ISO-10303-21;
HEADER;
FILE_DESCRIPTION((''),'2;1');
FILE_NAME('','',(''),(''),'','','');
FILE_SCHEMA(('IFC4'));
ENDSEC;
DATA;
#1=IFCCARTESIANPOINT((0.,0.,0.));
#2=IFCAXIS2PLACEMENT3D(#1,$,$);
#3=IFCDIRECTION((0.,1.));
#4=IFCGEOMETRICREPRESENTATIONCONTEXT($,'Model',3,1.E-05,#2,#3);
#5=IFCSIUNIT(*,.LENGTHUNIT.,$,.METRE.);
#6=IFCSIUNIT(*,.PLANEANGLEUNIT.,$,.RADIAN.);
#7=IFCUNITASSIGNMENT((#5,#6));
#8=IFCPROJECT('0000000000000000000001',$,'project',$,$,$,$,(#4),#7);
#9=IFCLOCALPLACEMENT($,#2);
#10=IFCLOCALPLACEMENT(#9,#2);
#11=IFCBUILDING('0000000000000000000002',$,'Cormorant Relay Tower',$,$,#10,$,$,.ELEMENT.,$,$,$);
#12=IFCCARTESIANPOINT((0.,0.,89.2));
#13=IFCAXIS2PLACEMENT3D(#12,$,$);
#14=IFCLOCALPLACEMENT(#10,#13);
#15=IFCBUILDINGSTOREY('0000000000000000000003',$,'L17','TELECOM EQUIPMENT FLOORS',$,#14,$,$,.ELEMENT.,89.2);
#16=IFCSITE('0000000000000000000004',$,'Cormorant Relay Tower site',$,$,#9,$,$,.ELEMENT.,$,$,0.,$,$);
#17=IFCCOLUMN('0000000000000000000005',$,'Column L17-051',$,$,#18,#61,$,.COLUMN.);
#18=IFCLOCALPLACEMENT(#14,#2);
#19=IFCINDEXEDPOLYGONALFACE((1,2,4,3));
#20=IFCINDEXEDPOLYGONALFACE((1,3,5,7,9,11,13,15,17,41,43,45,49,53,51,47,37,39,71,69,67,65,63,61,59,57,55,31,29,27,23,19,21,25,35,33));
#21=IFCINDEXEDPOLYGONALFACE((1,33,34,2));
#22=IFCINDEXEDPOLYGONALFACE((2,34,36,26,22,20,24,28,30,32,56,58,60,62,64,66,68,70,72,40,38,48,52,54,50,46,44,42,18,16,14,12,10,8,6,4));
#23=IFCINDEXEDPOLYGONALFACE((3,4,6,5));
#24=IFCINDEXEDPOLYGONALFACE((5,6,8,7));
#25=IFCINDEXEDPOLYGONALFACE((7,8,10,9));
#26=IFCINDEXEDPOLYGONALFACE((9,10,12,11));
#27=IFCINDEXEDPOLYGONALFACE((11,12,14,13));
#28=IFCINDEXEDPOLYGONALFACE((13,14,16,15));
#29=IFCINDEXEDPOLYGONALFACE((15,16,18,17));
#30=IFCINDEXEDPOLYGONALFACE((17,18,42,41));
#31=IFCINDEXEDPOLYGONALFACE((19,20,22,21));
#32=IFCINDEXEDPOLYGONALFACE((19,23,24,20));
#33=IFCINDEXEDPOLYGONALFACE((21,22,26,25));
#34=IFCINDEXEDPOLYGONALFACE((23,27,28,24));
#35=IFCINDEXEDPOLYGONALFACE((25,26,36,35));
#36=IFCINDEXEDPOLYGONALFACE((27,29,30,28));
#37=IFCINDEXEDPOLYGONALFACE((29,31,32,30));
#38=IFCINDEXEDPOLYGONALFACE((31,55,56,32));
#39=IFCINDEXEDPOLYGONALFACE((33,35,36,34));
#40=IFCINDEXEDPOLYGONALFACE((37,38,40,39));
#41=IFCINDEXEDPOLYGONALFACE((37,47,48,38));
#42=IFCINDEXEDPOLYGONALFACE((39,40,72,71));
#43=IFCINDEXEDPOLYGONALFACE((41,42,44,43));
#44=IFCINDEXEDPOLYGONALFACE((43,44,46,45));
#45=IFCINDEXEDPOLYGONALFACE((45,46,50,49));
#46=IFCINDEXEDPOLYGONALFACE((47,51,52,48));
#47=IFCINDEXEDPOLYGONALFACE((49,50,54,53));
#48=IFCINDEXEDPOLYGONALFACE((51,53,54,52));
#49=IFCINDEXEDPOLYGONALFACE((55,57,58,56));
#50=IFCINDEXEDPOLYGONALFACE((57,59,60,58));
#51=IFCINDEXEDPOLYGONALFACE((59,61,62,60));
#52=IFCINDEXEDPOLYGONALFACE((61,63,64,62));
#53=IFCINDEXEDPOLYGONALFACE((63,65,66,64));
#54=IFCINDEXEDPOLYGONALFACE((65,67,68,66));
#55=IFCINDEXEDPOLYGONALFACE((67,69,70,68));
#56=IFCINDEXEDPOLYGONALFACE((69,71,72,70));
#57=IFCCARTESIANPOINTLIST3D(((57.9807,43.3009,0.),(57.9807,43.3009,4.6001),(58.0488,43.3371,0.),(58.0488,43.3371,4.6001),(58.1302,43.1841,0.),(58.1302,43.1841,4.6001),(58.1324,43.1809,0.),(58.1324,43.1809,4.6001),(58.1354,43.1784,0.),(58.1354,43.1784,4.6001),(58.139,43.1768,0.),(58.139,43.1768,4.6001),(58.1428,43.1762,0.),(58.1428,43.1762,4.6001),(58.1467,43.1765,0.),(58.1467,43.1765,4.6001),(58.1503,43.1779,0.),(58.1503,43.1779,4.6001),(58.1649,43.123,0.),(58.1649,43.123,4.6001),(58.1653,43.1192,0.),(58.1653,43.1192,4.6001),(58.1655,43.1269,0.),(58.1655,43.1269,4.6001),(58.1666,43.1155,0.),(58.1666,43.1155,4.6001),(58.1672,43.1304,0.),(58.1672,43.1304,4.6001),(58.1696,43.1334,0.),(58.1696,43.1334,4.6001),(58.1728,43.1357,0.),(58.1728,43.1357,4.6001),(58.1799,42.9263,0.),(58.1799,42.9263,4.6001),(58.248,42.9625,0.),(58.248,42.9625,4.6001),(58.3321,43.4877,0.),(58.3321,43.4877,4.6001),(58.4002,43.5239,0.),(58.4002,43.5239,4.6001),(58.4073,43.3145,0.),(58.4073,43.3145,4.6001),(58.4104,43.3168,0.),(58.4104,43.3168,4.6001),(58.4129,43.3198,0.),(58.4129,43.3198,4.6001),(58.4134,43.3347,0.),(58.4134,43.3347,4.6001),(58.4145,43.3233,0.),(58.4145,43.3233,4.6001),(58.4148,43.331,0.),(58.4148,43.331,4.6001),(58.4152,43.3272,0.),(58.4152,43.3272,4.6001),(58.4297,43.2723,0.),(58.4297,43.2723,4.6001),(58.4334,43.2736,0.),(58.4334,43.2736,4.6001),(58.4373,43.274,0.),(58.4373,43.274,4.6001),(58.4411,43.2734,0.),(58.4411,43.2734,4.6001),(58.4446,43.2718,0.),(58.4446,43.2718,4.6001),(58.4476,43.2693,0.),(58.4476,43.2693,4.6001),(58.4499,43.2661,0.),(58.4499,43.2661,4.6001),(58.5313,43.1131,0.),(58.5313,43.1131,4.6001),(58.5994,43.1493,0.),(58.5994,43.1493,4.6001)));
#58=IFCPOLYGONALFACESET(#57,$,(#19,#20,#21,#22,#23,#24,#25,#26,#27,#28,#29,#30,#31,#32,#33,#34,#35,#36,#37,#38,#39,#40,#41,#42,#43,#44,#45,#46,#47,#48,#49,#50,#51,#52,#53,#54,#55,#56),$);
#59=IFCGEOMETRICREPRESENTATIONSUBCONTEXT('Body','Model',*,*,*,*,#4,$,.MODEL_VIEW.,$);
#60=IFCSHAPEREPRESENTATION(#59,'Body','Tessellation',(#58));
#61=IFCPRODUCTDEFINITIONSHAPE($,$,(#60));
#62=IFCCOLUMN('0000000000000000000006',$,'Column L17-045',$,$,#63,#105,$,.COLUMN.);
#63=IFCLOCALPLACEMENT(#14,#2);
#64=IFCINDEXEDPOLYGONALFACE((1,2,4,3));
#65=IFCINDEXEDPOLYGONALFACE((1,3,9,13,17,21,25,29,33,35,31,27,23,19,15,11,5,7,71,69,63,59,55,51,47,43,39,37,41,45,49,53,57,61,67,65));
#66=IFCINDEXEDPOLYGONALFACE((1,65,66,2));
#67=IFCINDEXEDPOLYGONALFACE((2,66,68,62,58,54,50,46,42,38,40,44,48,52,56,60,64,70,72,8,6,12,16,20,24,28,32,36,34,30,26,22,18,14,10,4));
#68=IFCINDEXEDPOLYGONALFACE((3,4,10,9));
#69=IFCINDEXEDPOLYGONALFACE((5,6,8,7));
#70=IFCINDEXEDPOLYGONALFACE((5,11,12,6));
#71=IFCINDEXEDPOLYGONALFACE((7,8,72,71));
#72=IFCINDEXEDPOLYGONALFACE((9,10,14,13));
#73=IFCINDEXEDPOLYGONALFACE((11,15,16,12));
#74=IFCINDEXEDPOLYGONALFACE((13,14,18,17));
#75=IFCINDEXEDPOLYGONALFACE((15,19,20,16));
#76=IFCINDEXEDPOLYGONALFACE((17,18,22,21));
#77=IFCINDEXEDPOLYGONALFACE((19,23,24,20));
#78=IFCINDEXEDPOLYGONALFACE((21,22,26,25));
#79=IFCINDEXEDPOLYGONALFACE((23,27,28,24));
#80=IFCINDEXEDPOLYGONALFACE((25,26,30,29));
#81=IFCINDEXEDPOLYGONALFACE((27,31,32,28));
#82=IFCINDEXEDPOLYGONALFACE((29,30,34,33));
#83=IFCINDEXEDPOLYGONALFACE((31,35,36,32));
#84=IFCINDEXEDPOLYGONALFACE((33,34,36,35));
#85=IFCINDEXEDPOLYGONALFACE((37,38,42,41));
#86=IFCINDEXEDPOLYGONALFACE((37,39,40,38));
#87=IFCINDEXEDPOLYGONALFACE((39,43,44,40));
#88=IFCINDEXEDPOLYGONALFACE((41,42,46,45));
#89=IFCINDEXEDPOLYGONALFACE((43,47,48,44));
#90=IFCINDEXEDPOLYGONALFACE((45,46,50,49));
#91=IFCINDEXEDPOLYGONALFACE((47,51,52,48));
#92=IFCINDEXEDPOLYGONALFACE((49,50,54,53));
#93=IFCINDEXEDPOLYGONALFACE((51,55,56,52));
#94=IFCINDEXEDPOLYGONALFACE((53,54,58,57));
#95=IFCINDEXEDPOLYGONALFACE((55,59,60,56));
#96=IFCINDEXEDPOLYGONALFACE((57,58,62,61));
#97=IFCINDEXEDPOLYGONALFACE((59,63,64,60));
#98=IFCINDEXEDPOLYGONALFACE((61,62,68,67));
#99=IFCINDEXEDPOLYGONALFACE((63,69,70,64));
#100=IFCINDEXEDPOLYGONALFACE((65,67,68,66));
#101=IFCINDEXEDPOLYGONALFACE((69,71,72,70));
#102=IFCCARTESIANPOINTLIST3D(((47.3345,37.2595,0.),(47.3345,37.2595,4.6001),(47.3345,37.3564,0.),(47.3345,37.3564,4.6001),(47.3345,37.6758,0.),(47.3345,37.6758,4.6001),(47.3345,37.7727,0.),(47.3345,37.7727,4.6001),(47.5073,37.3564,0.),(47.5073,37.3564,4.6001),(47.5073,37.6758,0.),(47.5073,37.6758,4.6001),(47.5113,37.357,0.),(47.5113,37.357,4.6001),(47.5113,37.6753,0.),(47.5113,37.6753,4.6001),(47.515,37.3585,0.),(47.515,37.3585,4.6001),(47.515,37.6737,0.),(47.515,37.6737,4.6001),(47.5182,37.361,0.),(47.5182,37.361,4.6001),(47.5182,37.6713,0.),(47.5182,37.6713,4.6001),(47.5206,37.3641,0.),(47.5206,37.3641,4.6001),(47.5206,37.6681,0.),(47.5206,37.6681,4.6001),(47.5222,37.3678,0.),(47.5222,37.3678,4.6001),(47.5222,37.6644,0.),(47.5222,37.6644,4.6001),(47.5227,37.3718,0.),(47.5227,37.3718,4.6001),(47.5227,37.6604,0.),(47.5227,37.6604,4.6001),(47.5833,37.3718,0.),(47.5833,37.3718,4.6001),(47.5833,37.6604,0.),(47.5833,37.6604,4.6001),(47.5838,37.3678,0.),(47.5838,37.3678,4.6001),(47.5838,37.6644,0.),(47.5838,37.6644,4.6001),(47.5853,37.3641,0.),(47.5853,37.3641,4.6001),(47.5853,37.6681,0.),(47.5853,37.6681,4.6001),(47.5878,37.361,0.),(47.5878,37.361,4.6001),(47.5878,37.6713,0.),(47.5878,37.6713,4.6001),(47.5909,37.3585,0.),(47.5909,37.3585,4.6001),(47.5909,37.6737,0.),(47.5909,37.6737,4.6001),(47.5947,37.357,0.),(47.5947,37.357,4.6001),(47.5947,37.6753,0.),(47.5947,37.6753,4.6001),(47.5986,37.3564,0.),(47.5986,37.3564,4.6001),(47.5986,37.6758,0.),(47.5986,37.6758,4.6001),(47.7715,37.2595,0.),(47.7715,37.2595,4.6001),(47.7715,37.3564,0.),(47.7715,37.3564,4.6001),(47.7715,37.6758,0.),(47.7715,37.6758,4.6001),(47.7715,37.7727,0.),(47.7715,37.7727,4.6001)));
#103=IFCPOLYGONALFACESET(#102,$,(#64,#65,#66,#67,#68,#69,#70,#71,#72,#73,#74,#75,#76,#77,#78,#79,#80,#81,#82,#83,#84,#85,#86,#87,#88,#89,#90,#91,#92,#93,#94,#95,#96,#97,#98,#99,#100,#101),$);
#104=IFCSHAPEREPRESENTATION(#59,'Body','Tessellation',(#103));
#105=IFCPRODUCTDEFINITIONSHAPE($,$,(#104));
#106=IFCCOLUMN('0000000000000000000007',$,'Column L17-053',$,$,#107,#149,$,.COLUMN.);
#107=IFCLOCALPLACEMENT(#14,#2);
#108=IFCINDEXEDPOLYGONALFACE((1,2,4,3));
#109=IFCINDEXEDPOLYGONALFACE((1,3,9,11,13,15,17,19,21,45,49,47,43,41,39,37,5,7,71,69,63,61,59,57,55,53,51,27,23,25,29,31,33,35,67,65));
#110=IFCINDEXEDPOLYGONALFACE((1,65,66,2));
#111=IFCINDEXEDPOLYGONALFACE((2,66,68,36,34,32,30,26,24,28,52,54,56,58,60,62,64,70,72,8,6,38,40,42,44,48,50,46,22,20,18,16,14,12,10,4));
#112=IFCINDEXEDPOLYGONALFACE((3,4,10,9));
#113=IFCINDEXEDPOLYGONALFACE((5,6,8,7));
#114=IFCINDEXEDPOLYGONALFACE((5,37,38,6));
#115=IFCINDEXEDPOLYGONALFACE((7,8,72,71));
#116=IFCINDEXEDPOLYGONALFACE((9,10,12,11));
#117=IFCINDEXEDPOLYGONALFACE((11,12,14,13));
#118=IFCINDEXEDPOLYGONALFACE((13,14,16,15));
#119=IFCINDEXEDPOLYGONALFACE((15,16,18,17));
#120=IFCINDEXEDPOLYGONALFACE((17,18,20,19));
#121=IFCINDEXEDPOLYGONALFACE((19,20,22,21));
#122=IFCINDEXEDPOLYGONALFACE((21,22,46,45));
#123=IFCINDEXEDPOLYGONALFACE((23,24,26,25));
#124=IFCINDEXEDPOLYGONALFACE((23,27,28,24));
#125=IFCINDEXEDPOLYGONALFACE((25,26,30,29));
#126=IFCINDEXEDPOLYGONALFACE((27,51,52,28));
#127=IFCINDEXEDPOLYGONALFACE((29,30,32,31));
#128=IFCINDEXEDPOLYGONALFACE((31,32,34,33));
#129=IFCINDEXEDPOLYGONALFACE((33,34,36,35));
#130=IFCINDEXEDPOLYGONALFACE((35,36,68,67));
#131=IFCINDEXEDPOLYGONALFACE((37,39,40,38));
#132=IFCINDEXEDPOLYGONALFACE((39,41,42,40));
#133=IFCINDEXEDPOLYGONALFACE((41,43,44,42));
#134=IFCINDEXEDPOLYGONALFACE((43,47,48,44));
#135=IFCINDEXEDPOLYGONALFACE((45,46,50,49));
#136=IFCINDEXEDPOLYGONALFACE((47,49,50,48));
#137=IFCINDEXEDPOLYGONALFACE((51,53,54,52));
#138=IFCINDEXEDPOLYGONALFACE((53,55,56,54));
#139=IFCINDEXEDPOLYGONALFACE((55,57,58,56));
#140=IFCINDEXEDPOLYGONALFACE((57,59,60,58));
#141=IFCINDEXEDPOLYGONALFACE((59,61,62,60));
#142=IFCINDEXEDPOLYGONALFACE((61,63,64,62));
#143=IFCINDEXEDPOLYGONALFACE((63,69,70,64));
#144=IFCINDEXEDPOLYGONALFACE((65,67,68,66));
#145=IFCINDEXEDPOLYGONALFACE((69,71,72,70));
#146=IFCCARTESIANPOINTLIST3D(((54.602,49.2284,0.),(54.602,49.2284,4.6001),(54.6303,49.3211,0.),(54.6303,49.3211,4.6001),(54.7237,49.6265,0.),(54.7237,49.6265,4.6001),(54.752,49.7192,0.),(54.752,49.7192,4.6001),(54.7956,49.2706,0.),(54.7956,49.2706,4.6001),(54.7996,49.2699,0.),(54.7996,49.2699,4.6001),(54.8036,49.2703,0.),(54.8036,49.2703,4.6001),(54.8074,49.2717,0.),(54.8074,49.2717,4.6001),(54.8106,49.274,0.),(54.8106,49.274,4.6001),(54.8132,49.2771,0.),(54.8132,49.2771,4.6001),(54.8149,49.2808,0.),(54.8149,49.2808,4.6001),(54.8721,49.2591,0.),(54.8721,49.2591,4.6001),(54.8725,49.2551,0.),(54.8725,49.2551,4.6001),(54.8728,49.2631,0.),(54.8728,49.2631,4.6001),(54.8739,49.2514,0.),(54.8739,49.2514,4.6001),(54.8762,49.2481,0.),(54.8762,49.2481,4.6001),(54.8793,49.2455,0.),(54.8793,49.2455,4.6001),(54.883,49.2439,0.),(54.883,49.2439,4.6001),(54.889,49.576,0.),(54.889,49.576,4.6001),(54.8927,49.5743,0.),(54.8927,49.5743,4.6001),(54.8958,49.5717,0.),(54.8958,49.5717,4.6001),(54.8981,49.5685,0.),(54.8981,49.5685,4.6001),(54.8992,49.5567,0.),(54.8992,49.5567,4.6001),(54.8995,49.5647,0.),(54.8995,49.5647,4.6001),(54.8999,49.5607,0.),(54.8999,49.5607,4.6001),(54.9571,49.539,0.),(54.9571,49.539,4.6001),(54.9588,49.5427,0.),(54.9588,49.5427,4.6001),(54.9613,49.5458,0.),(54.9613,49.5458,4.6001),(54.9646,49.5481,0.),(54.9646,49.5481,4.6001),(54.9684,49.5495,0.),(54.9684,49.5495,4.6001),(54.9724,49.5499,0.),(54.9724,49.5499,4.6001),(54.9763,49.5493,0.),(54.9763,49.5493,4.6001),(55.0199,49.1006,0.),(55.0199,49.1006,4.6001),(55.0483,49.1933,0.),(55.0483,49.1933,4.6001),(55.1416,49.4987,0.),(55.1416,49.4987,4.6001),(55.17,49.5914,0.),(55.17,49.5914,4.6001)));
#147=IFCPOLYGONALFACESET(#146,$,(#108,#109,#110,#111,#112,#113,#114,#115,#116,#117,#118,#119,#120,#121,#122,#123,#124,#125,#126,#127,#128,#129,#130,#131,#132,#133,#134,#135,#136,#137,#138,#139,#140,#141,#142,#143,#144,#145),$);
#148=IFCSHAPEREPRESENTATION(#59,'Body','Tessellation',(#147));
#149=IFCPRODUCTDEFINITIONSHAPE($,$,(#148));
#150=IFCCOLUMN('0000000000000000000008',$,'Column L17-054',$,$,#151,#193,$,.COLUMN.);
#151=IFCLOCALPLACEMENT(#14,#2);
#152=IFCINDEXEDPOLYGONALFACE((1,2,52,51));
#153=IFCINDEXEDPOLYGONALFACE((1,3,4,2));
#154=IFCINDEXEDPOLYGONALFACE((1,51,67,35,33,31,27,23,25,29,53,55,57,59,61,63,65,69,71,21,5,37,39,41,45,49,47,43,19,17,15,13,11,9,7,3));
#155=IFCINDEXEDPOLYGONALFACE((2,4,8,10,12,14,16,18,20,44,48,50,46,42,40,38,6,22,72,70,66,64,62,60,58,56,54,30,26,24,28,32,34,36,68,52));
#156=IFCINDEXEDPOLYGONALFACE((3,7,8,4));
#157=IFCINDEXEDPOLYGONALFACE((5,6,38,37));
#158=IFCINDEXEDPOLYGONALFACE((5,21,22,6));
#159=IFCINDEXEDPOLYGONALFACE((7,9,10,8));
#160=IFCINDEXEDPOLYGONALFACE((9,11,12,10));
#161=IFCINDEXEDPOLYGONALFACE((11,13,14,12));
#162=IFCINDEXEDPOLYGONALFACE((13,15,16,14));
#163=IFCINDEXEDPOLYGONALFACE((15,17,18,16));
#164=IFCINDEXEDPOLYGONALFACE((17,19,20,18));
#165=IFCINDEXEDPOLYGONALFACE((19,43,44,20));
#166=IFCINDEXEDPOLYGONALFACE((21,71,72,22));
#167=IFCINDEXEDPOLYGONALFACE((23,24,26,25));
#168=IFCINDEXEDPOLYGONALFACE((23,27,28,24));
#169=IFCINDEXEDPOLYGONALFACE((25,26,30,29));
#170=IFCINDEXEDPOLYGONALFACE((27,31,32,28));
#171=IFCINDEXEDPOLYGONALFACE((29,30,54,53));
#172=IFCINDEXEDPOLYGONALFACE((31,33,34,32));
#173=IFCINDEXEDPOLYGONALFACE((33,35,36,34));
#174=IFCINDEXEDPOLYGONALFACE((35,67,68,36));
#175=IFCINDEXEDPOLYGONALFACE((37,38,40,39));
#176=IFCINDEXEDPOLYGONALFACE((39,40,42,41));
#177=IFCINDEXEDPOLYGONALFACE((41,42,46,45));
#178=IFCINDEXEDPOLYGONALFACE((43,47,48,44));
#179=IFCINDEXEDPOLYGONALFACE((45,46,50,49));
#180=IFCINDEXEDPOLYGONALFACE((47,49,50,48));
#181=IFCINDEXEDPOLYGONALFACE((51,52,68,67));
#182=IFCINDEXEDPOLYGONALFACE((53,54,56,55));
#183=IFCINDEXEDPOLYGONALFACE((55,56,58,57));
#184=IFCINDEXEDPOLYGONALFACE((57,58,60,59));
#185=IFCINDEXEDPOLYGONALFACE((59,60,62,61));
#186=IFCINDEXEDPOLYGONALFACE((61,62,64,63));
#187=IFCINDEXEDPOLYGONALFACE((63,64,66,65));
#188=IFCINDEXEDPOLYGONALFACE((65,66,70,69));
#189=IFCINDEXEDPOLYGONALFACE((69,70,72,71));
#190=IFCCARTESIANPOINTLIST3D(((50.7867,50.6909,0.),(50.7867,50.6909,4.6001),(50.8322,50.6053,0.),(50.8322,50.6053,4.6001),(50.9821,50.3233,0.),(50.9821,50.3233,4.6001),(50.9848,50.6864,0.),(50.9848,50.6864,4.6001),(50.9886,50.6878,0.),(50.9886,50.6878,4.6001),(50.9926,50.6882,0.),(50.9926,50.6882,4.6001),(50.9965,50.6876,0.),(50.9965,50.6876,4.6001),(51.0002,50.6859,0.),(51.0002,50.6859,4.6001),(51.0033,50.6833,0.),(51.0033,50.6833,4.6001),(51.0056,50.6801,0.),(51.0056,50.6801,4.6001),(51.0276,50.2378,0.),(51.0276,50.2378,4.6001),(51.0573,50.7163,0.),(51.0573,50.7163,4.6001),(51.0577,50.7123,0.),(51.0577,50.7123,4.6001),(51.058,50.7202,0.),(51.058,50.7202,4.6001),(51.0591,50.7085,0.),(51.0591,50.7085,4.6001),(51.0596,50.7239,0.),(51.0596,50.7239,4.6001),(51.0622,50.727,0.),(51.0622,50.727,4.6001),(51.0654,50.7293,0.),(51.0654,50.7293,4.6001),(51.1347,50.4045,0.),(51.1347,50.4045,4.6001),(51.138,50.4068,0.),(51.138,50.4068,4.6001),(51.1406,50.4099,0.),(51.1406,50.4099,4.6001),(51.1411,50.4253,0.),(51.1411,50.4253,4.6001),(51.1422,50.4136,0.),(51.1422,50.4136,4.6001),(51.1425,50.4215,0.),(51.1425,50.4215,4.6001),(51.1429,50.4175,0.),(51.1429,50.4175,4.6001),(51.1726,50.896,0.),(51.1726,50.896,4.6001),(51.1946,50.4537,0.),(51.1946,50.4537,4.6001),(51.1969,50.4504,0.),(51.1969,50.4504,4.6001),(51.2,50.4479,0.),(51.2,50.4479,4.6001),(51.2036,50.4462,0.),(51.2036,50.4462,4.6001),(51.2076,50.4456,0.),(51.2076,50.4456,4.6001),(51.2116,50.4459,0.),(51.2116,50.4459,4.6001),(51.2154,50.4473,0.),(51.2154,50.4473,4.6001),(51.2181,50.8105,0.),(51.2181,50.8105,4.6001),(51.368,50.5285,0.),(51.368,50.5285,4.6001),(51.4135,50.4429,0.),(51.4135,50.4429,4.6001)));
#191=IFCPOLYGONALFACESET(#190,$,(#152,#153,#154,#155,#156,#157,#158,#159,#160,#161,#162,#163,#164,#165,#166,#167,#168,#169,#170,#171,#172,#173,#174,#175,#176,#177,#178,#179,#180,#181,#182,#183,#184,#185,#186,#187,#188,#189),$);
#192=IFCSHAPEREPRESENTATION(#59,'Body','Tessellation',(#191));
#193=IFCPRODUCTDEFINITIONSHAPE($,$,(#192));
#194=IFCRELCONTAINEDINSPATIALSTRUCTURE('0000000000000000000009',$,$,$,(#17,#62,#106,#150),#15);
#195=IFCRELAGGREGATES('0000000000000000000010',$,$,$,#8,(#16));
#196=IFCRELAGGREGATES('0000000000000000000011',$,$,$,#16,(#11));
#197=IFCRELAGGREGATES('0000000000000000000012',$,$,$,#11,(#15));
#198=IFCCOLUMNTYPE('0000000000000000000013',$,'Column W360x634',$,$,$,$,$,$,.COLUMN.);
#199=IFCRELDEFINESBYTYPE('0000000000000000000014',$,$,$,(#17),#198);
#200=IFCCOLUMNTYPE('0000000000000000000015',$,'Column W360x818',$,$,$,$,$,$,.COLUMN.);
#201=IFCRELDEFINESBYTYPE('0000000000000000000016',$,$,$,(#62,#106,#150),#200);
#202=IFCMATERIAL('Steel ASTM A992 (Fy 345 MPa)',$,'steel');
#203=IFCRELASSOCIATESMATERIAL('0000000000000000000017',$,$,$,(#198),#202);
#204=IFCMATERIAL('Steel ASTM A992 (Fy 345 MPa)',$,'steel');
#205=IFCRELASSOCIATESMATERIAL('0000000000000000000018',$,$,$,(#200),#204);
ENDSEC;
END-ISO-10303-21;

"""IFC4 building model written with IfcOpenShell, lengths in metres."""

from ifc_helpers import new_model, si_unit, direction, frame, origin, origin_2d, place, context, subcontext, project, spatial, i_section, extrude, material, material_profile, profile_set, type_object, element, save


model = new_model("IFC4")

# Units and contexts
model_context = context("Model", 3, precision=1e-05, world=origin(), true_north=direction((0.0, 1.0)))
body_context = subcontext(model_context, "Body", "Model", "MODEL_VIEW")
ifc_project = project(units=[si_unit("LENGTHUNIT", "METRE"), si_unit("PLANEANGLEUNIT", "RADIAN")], contexts=[model_context])

# Site, building, storey
site_placement = place(None, origin())
site = spatial("IfcSite", under=ifc_project, at=site_placement, Name="Cormorant Relay Tower site", CompositionType="ELEMENT", RefElevation=0.0)
building_placement = place(site_placement, origin())
building = spatial("IfcBuilding", under=site, at=building_placement, Name="Cormorant Relay Tower", CompositionType="ELEMENT")
storey_placement = place(building_placement, frame((0.0, 0.0, 89.2)))
storey = spatial("IfcBuildingStorey", under=building, at=storey_placement, Name="L17", Description="TELECOM EQUIPMENT FLOORS", CompositionType="ELEMENT", Elevation=89.2)

# Columns
ifc_material_1 = material(Name="Steel ASTM A992 (Fy 345 MPa)", Category="steel")
ifc_material_profile_1 = material_profile(ifc_material_1, i_section(OverallWidth=0.4243, OverallDepth=0.4751, WebThickness=0.0479, FlangeThickness=0.0771, FilletRadius=0.0149, at=origin_2d()), Name="W360x634")
ifc_profile_set_1 = profile_set([ifc_material_profile_1], Name="Steel ASTM A992 (Fy 345 MPa)")
column_type_1 = type_object("IfcColumnType", Name="Column W360x634", PredefinedType="COLUMN", material=ifc_profile_set_1)
column_placement = place(storey_placement, frame((58.29, 43.2251, 0.0), z_axis=(0.0, 0.0, 1.0), x_axis=(-0.469472, 0.882948, 0.0)))
element("IfcColumn", 1, at=column_placement, inside=storey, type_object=column_type_1, Name="Column L17-051", PredefinedType="COLUMN", context=body_context, shape_type="SweptSolid", body=[
    extrude(i_section(OverallWidth=0.4243, OverallDepth=0.4751, WebThickness=0.0479, FlangeThickness=0.0771, FilletRadius=0.0149, at=origin_2d()), origin(), (0.0, 0.0, 1.0), 4.6001),
])
ifc_material_2 = material(Name="Steel ASTM A992 (Fy 345 MPa)", Category="steel")
ifc_material_profile_2 = material_profile(ifc_material_2, i_section(OverallWidth=0.437, OverallDepth=0.5132, WebThickness=0.0605, FlangeThickness=0.0969, FilletRadius=0.0154, at=origin_2d()), Name="W360x818")
ifc_profile_set_2 = profile_set([ifc_material_profile_2], Name="Steel ASTM A992 (Fy 345 MPa)")
column_type_2 = type_object("IfcColumnType", Name="Column W360x818", PredefinedType="COLUMN", material=ifc_profile_set_2)
for number, where, z_axis, x_axis, name in (
    (2, (47.553, 37.5161, 0.0), (0.0, 0.0, 1.0), (1.0, 0.0, 0.0), "Column L17-045"),
    (3, (54.886, 49.4099, 0.0), (0.0, 0.0, 1.0), (-0.956305, 0.292372, 0.0), "Column L17-053"),
    (4, (51.1001, 50.5669, 0.0), (0.0, 0.0, 1.0), (-0.882948, -0.469472, 0.0), "Column L17-054"),
):
    element("IfcColumn", number, at=place(storey_placement, frame(where, z_axis=z_axis, x_axis=x_axis)), inside=storey, type_object=column_type_2, Name=name, PredefinedType="COLUMN", context=body_context, shape_type="SweptSolid", body=[
        extrude(i_section(OverallWidth=0.437, OverallDepth=0.5132, WebThickness=0.0605, FlangeThickness=0.0969, FilletRadius=0.0154, at=origin_2d()), origin(), (0.0, 0.0, 1.0), 4.6001),
    ])

save(model, "model.ifc")
